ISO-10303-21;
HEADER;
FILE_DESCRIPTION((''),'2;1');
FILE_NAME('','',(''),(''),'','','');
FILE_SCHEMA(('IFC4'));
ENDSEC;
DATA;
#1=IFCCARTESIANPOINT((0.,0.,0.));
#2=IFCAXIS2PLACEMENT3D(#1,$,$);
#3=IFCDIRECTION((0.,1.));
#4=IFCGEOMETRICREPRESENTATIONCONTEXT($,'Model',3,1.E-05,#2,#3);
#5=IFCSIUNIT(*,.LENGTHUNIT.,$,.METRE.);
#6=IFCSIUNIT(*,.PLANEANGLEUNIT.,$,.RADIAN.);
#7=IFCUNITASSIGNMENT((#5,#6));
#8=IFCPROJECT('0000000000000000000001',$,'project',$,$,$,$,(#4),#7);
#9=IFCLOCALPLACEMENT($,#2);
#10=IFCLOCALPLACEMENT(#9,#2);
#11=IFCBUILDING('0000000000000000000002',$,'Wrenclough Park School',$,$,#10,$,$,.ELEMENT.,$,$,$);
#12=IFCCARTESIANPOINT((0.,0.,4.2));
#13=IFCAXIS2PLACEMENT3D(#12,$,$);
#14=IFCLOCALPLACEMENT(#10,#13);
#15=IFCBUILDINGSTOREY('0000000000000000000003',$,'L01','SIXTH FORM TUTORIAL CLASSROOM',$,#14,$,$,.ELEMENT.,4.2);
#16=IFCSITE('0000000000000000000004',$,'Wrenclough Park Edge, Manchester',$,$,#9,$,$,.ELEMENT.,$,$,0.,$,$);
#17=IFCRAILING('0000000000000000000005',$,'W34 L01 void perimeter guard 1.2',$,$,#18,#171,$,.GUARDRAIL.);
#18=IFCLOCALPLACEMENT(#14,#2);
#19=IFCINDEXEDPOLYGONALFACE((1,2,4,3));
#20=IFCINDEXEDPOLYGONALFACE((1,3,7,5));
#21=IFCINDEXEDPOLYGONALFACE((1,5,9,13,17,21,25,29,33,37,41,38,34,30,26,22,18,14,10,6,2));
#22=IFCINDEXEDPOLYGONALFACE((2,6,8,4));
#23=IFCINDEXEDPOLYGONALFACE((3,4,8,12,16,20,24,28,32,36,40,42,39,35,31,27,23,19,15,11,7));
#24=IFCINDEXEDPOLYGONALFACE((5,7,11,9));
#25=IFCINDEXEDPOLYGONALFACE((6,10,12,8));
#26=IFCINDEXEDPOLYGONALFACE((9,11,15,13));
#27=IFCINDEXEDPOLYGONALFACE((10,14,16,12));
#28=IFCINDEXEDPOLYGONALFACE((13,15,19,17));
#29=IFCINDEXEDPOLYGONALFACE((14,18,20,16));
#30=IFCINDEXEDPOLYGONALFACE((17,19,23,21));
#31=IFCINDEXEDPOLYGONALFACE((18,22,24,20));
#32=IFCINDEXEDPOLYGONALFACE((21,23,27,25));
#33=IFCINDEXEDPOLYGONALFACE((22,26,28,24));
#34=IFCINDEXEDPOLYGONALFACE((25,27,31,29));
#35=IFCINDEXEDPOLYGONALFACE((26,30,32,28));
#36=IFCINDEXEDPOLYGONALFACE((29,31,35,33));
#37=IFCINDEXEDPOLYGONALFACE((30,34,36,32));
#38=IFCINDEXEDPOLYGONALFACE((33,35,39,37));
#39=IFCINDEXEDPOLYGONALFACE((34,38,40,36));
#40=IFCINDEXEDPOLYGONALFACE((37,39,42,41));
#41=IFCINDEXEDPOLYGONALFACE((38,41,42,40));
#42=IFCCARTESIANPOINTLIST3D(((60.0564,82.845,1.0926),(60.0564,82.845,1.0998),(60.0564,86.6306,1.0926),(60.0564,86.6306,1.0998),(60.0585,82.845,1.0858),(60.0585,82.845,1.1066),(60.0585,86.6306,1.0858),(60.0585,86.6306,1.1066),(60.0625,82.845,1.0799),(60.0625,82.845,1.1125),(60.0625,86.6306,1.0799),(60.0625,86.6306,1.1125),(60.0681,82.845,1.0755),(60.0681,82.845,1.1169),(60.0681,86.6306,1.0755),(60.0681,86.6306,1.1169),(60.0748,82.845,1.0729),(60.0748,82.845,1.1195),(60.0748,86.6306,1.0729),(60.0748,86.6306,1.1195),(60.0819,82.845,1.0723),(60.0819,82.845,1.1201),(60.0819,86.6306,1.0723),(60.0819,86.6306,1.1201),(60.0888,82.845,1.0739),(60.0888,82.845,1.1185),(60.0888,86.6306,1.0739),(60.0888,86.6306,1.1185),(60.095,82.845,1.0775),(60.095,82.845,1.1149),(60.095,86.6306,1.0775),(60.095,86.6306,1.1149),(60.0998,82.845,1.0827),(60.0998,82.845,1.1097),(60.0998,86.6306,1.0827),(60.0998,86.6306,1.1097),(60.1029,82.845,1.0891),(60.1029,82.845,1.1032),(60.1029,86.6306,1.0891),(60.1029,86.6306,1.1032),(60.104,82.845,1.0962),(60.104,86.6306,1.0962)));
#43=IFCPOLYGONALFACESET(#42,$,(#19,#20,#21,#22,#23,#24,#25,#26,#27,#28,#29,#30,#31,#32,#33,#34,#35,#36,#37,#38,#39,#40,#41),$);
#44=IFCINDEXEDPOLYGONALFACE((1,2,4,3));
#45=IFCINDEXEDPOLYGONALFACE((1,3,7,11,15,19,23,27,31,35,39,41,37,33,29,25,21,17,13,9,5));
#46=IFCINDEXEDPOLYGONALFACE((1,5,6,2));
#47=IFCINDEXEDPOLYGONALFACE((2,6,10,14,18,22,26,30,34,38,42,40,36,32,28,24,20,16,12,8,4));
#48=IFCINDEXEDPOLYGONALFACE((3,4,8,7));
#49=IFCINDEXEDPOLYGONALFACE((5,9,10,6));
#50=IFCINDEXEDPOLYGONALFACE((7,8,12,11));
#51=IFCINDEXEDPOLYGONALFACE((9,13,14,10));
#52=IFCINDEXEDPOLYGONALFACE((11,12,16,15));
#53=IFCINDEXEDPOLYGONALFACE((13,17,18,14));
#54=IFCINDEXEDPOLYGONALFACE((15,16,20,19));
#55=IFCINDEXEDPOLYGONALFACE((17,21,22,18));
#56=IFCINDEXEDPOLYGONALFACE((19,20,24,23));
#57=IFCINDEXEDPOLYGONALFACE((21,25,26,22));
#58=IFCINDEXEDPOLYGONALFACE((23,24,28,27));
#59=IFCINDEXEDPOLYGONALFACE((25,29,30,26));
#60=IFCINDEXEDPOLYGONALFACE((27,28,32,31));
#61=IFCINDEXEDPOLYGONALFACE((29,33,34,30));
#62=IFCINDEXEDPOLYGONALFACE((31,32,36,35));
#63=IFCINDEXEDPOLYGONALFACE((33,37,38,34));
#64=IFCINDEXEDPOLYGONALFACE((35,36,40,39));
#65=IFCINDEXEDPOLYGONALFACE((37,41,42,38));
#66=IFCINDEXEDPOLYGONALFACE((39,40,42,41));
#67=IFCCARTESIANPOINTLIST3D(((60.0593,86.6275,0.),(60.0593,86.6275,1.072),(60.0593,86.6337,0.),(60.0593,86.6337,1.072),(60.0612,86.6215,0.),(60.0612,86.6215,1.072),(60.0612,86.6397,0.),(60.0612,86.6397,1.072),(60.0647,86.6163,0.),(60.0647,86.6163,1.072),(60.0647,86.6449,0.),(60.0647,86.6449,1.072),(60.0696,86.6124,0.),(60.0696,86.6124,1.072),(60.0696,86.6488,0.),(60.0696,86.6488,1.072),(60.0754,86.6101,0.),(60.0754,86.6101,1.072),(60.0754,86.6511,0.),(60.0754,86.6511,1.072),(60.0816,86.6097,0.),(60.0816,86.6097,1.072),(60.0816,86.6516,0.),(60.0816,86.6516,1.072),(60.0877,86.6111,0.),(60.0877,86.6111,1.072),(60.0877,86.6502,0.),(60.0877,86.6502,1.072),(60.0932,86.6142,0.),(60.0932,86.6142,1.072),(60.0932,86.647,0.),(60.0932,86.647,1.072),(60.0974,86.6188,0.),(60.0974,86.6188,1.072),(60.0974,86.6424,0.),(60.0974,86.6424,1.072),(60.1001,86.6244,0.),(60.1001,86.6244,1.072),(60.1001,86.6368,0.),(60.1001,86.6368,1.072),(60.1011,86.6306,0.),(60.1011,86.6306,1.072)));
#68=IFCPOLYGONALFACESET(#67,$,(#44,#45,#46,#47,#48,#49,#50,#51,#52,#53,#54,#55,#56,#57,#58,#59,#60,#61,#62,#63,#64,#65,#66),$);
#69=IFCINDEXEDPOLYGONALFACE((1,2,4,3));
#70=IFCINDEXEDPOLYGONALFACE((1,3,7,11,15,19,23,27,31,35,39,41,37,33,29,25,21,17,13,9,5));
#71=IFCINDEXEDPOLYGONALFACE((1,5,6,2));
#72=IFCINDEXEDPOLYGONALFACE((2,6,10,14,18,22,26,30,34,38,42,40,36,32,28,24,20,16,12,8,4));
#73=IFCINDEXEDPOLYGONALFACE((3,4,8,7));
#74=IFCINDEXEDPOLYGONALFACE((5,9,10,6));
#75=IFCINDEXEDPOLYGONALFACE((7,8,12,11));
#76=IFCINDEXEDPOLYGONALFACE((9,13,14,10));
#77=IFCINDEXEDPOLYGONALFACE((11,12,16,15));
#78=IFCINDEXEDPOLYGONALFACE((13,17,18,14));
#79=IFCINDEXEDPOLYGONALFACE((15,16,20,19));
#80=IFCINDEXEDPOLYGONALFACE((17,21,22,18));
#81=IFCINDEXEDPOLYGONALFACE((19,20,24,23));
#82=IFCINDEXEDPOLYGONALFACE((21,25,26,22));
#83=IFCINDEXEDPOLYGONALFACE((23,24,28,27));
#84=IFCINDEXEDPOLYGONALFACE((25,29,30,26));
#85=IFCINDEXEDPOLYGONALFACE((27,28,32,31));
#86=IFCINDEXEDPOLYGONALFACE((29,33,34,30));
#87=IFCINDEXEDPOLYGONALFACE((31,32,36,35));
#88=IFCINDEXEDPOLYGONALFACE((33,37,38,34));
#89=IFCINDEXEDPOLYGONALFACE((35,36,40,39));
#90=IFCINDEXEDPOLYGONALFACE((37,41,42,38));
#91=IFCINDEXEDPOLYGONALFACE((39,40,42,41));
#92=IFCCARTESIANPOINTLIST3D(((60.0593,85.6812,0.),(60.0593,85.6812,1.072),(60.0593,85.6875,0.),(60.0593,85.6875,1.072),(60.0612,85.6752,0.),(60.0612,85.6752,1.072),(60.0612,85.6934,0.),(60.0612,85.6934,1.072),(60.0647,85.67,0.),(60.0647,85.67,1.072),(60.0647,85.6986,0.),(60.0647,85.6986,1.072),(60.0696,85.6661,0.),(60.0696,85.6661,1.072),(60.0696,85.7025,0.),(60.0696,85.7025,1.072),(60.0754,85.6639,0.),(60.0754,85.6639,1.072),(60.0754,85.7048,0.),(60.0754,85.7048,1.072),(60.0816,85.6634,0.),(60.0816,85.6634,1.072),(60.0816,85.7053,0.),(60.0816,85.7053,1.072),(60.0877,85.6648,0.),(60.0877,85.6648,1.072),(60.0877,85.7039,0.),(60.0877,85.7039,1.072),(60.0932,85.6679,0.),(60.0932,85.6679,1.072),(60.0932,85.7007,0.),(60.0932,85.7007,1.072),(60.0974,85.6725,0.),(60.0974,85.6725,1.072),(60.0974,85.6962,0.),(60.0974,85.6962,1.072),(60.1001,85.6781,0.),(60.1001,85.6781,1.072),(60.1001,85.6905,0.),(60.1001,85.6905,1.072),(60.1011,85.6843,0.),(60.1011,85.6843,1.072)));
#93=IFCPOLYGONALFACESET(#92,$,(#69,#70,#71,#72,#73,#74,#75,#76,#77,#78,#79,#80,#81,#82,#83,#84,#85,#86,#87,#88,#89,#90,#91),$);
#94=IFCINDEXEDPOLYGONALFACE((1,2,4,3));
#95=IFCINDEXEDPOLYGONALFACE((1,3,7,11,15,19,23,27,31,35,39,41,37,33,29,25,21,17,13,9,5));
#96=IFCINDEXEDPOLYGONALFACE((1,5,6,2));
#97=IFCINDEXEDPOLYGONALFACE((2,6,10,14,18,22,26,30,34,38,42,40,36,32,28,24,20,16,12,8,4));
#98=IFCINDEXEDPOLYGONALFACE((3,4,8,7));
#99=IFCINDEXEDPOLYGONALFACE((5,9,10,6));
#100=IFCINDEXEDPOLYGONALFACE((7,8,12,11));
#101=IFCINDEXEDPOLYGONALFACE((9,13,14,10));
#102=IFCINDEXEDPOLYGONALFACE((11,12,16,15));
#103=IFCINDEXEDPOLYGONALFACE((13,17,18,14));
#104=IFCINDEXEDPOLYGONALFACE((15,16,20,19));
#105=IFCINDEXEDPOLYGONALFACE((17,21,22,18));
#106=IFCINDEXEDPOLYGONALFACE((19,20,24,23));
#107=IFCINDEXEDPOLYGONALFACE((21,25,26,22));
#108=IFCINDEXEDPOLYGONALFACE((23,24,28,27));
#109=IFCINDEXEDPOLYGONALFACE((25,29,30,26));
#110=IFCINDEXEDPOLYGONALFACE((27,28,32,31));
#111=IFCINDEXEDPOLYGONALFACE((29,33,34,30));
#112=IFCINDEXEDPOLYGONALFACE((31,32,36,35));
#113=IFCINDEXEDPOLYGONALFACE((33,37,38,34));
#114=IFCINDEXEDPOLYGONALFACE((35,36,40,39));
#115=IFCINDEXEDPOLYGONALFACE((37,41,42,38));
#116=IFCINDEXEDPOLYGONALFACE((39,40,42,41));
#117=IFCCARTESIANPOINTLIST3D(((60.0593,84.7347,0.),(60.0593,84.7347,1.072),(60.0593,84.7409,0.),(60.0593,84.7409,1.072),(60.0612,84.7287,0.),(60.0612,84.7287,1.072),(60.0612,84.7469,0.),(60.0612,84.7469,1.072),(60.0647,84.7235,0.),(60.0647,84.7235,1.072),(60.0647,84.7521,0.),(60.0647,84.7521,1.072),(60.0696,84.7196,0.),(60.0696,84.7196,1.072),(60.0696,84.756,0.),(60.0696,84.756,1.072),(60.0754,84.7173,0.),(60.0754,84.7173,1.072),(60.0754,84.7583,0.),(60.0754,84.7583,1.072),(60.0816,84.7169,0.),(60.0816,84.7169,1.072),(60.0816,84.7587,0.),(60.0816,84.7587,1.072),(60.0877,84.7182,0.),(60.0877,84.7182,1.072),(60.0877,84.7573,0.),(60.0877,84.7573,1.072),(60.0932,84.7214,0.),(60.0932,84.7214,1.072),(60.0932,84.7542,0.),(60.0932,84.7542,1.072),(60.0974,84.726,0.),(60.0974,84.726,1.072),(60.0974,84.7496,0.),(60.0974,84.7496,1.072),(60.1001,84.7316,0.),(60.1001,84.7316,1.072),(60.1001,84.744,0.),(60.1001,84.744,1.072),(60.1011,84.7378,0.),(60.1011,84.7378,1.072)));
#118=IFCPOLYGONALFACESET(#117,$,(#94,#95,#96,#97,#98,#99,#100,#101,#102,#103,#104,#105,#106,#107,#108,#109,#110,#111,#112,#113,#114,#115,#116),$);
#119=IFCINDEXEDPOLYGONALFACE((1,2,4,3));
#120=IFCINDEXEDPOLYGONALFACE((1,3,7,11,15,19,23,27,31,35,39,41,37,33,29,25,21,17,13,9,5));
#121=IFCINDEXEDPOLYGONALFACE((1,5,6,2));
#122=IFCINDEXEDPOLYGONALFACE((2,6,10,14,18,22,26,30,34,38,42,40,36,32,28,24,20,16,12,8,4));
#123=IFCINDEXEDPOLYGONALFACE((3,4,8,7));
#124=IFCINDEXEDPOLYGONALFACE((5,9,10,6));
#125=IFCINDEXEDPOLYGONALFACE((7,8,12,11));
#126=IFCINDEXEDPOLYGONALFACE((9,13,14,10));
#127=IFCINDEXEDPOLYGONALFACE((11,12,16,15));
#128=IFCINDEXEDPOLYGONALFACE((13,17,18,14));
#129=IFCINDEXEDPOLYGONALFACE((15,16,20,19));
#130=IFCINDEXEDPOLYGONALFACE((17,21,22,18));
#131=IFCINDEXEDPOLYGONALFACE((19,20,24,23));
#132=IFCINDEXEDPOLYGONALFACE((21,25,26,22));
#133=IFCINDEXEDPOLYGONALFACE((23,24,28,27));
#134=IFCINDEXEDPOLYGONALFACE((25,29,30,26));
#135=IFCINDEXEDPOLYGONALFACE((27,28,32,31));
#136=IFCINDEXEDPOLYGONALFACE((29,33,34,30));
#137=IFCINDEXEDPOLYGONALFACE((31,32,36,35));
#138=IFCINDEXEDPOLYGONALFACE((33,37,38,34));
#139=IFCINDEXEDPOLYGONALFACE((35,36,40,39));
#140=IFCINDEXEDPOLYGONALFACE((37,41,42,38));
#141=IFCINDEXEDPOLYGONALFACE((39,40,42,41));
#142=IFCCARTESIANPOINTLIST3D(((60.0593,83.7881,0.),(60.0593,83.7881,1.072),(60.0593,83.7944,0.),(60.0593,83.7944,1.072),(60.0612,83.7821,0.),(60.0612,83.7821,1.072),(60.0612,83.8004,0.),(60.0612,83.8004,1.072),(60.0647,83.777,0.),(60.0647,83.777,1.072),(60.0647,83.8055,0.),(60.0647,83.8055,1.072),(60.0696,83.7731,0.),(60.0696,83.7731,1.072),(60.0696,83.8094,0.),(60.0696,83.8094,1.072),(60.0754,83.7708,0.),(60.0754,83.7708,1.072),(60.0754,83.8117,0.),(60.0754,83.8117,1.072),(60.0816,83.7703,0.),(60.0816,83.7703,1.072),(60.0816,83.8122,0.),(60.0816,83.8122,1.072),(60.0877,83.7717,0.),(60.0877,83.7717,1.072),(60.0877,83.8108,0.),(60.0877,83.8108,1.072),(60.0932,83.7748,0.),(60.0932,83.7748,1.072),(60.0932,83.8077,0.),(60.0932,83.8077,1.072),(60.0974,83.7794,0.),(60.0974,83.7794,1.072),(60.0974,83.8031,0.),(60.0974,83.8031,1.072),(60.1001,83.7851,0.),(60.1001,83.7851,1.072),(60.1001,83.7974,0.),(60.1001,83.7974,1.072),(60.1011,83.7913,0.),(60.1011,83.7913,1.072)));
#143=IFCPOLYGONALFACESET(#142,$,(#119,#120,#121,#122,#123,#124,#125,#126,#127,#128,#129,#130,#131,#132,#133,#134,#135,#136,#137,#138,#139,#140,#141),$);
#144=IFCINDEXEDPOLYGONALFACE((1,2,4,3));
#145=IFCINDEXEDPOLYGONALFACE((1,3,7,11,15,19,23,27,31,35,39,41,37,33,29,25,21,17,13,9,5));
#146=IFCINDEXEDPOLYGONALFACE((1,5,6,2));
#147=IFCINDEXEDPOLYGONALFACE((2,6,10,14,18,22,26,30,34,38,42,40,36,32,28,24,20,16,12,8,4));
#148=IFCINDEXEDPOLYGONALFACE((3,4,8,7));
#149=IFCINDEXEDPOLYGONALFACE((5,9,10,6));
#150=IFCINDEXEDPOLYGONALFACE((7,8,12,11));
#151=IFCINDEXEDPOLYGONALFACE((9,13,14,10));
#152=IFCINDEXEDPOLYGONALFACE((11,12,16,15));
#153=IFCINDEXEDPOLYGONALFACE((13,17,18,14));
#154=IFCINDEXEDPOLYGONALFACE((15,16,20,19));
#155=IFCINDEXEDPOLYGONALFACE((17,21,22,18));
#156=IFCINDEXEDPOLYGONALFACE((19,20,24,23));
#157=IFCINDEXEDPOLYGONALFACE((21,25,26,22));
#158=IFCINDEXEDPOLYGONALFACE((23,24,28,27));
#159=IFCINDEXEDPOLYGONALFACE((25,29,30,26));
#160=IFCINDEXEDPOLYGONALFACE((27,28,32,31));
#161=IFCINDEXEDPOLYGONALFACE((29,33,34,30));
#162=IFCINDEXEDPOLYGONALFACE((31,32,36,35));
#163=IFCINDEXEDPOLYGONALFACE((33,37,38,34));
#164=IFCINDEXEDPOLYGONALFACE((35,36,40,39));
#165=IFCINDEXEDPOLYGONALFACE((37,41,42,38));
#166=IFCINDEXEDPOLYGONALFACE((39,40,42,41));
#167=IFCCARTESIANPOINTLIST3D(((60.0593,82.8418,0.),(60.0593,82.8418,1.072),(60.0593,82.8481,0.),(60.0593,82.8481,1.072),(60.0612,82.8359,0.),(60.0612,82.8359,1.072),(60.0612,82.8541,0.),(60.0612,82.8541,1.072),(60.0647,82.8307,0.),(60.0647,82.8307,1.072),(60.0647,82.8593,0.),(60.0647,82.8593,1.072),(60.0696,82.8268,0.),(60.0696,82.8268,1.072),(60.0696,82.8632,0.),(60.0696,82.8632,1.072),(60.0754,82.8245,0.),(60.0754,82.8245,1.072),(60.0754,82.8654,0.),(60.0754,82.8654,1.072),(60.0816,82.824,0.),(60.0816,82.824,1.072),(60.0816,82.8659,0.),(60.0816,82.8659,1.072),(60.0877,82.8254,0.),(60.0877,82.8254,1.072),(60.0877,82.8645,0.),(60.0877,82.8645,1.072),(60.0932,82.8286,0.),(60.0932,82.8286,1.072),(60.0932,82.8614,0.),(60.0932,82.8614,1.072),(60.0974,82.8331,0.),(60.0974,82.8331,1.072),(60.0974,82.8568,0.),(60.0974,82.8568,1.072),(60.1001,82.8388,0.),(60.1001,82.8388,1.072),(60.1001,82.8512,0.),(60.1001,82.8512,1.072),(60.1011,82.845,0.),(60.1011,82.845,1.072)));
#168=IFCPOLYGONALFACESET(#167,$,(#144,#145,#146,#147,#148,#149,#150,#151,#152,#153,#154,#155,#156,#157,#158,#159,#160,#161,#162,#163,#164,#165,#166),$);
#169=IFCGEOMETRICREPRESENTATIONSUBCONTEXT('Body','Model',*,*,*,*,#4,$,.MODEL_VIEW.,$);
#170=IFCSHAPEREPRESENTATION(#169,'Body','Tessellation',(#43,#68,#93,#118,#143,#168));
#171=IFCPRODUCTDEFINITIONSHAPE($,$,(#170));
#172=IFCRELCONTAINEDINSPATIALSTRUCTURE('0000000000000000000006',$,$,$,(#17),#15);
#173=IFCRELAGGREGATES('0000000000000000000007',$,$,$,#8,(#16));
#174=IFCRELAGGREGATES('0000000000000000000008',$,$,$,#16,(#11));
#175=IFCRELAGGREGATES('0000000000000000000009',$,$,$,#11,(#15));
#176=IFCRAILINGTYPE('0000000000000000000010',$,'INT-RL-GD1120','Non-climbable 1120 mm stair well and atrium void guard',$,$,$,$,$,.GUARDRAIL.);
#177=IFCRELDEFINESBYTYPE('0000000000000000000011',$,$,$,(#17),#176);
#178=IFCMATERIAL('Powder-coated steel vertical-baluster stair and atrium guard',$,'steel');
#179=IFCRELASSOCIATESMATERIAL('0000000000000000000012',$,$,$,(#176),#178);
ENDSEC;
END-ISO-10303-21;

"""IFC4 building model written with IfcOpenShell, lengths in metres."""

from ifc_helpers import new_model, si_unit, direction, frame, origin, origin_2d, place, context, subcontext, project, spatial, circle, extrude, material, type_object, element, save


model = new_model("IFC4")

# Units and contexts
model_context = context("Model", 3, precision=1e-05, world=origin(), true_north=direction((0.0, 1.0)))
body_context = subcontext(model_context, "Body", "Model", "MODEL_VIEW")
ifc_project = project(units=[si_unit("LENGTHUNIT", "METRE"), si_unit("PLANEANGLEUNIT", "RADIAN")], contexts=[model_context])

# Site, building, storey
site_placement = place(None, origin())
site = spatial("IfcSite", under=ifc_project, at=site_placement, Name="Wrenclough Park Edge, Manchester", CompositionType="ELEMENT", RefElevation=0.0)
building_placement = place(site_placement, origin())
building = spatial("IfcBuilding", under=site, at=building_placement, Name="Wrenclough Park School", CompositionType="ELEMENT")
storey_placement = place(building_placement, frame((0.0, 0.0, 4.2)))
storey = spatial("IfcBuildingStorey", under=building, at=storey_placement, Name="L01", Description="SIXTH FORM TUTORIAL CLASSROOM", CompositionType="ELEMENT", Elevation=4.2)

# Railing
ifc_material_1 = material(Name="Powder-coated steel vertical-baluster stair and atrium guard", Category="steel")
railing_type = type_object("IfcRailingType", Name="INT-RL-GD1120", Description="Non-climbable 1120 mm stair well and atrium void guard", PredefinedType="GUARDRAIL", material=ifc_material_1)
railing_1_placement = place(storey_placement, frame((60.0801, 86.6306, 0.0)))
element("IfcRailing", 1, at=railing_1_placement, inside=storey, type_object=railing_type, Name="W34 L01 void perimeter guard 1.2", PredefinedType="GUARDRAIL", context=body_context, shape_type="SweptSolid", body=[
    extrude(circle(Radius=0.0239, at=origin_2d()), frame((0.0, 0.0, 1.0962), z_axis=(0.0, -1.0, 0.0), x_axis=(1.0, 0.0, 0.0)), (0.0, 0.0, 1.0), 3.7856),
    extrude(circle(Radius=0.021, at=origin_2d()), origin(), (0.0, 0.0, 1.0), 1.072),
    extrude(circle(Radius=0.021, at=origin_2d()), frame((0.0, -0.9463, 0.0)), (0.0, 0.0, 1.0), 1.072),
    extrude(circle(Radius=0.021, at=origin_2d()), frame((0.0, -1.8928, 0.0)), (0.0, 0.0, 1.0), 1.072),
    extrude(circle(Radius=0.021, at=origin_2d()), frame((0.0, -2.8394, 0.0)), (0.0, 0.0, 1.0), 1.072),
    extrude(circle(Radius=0.021, at=origin_2d()), frame((0.0, -3.7856, 0.0)), (0.0, 0.0, 1.0), 1.072),
])

save(model, "model.ifc")
